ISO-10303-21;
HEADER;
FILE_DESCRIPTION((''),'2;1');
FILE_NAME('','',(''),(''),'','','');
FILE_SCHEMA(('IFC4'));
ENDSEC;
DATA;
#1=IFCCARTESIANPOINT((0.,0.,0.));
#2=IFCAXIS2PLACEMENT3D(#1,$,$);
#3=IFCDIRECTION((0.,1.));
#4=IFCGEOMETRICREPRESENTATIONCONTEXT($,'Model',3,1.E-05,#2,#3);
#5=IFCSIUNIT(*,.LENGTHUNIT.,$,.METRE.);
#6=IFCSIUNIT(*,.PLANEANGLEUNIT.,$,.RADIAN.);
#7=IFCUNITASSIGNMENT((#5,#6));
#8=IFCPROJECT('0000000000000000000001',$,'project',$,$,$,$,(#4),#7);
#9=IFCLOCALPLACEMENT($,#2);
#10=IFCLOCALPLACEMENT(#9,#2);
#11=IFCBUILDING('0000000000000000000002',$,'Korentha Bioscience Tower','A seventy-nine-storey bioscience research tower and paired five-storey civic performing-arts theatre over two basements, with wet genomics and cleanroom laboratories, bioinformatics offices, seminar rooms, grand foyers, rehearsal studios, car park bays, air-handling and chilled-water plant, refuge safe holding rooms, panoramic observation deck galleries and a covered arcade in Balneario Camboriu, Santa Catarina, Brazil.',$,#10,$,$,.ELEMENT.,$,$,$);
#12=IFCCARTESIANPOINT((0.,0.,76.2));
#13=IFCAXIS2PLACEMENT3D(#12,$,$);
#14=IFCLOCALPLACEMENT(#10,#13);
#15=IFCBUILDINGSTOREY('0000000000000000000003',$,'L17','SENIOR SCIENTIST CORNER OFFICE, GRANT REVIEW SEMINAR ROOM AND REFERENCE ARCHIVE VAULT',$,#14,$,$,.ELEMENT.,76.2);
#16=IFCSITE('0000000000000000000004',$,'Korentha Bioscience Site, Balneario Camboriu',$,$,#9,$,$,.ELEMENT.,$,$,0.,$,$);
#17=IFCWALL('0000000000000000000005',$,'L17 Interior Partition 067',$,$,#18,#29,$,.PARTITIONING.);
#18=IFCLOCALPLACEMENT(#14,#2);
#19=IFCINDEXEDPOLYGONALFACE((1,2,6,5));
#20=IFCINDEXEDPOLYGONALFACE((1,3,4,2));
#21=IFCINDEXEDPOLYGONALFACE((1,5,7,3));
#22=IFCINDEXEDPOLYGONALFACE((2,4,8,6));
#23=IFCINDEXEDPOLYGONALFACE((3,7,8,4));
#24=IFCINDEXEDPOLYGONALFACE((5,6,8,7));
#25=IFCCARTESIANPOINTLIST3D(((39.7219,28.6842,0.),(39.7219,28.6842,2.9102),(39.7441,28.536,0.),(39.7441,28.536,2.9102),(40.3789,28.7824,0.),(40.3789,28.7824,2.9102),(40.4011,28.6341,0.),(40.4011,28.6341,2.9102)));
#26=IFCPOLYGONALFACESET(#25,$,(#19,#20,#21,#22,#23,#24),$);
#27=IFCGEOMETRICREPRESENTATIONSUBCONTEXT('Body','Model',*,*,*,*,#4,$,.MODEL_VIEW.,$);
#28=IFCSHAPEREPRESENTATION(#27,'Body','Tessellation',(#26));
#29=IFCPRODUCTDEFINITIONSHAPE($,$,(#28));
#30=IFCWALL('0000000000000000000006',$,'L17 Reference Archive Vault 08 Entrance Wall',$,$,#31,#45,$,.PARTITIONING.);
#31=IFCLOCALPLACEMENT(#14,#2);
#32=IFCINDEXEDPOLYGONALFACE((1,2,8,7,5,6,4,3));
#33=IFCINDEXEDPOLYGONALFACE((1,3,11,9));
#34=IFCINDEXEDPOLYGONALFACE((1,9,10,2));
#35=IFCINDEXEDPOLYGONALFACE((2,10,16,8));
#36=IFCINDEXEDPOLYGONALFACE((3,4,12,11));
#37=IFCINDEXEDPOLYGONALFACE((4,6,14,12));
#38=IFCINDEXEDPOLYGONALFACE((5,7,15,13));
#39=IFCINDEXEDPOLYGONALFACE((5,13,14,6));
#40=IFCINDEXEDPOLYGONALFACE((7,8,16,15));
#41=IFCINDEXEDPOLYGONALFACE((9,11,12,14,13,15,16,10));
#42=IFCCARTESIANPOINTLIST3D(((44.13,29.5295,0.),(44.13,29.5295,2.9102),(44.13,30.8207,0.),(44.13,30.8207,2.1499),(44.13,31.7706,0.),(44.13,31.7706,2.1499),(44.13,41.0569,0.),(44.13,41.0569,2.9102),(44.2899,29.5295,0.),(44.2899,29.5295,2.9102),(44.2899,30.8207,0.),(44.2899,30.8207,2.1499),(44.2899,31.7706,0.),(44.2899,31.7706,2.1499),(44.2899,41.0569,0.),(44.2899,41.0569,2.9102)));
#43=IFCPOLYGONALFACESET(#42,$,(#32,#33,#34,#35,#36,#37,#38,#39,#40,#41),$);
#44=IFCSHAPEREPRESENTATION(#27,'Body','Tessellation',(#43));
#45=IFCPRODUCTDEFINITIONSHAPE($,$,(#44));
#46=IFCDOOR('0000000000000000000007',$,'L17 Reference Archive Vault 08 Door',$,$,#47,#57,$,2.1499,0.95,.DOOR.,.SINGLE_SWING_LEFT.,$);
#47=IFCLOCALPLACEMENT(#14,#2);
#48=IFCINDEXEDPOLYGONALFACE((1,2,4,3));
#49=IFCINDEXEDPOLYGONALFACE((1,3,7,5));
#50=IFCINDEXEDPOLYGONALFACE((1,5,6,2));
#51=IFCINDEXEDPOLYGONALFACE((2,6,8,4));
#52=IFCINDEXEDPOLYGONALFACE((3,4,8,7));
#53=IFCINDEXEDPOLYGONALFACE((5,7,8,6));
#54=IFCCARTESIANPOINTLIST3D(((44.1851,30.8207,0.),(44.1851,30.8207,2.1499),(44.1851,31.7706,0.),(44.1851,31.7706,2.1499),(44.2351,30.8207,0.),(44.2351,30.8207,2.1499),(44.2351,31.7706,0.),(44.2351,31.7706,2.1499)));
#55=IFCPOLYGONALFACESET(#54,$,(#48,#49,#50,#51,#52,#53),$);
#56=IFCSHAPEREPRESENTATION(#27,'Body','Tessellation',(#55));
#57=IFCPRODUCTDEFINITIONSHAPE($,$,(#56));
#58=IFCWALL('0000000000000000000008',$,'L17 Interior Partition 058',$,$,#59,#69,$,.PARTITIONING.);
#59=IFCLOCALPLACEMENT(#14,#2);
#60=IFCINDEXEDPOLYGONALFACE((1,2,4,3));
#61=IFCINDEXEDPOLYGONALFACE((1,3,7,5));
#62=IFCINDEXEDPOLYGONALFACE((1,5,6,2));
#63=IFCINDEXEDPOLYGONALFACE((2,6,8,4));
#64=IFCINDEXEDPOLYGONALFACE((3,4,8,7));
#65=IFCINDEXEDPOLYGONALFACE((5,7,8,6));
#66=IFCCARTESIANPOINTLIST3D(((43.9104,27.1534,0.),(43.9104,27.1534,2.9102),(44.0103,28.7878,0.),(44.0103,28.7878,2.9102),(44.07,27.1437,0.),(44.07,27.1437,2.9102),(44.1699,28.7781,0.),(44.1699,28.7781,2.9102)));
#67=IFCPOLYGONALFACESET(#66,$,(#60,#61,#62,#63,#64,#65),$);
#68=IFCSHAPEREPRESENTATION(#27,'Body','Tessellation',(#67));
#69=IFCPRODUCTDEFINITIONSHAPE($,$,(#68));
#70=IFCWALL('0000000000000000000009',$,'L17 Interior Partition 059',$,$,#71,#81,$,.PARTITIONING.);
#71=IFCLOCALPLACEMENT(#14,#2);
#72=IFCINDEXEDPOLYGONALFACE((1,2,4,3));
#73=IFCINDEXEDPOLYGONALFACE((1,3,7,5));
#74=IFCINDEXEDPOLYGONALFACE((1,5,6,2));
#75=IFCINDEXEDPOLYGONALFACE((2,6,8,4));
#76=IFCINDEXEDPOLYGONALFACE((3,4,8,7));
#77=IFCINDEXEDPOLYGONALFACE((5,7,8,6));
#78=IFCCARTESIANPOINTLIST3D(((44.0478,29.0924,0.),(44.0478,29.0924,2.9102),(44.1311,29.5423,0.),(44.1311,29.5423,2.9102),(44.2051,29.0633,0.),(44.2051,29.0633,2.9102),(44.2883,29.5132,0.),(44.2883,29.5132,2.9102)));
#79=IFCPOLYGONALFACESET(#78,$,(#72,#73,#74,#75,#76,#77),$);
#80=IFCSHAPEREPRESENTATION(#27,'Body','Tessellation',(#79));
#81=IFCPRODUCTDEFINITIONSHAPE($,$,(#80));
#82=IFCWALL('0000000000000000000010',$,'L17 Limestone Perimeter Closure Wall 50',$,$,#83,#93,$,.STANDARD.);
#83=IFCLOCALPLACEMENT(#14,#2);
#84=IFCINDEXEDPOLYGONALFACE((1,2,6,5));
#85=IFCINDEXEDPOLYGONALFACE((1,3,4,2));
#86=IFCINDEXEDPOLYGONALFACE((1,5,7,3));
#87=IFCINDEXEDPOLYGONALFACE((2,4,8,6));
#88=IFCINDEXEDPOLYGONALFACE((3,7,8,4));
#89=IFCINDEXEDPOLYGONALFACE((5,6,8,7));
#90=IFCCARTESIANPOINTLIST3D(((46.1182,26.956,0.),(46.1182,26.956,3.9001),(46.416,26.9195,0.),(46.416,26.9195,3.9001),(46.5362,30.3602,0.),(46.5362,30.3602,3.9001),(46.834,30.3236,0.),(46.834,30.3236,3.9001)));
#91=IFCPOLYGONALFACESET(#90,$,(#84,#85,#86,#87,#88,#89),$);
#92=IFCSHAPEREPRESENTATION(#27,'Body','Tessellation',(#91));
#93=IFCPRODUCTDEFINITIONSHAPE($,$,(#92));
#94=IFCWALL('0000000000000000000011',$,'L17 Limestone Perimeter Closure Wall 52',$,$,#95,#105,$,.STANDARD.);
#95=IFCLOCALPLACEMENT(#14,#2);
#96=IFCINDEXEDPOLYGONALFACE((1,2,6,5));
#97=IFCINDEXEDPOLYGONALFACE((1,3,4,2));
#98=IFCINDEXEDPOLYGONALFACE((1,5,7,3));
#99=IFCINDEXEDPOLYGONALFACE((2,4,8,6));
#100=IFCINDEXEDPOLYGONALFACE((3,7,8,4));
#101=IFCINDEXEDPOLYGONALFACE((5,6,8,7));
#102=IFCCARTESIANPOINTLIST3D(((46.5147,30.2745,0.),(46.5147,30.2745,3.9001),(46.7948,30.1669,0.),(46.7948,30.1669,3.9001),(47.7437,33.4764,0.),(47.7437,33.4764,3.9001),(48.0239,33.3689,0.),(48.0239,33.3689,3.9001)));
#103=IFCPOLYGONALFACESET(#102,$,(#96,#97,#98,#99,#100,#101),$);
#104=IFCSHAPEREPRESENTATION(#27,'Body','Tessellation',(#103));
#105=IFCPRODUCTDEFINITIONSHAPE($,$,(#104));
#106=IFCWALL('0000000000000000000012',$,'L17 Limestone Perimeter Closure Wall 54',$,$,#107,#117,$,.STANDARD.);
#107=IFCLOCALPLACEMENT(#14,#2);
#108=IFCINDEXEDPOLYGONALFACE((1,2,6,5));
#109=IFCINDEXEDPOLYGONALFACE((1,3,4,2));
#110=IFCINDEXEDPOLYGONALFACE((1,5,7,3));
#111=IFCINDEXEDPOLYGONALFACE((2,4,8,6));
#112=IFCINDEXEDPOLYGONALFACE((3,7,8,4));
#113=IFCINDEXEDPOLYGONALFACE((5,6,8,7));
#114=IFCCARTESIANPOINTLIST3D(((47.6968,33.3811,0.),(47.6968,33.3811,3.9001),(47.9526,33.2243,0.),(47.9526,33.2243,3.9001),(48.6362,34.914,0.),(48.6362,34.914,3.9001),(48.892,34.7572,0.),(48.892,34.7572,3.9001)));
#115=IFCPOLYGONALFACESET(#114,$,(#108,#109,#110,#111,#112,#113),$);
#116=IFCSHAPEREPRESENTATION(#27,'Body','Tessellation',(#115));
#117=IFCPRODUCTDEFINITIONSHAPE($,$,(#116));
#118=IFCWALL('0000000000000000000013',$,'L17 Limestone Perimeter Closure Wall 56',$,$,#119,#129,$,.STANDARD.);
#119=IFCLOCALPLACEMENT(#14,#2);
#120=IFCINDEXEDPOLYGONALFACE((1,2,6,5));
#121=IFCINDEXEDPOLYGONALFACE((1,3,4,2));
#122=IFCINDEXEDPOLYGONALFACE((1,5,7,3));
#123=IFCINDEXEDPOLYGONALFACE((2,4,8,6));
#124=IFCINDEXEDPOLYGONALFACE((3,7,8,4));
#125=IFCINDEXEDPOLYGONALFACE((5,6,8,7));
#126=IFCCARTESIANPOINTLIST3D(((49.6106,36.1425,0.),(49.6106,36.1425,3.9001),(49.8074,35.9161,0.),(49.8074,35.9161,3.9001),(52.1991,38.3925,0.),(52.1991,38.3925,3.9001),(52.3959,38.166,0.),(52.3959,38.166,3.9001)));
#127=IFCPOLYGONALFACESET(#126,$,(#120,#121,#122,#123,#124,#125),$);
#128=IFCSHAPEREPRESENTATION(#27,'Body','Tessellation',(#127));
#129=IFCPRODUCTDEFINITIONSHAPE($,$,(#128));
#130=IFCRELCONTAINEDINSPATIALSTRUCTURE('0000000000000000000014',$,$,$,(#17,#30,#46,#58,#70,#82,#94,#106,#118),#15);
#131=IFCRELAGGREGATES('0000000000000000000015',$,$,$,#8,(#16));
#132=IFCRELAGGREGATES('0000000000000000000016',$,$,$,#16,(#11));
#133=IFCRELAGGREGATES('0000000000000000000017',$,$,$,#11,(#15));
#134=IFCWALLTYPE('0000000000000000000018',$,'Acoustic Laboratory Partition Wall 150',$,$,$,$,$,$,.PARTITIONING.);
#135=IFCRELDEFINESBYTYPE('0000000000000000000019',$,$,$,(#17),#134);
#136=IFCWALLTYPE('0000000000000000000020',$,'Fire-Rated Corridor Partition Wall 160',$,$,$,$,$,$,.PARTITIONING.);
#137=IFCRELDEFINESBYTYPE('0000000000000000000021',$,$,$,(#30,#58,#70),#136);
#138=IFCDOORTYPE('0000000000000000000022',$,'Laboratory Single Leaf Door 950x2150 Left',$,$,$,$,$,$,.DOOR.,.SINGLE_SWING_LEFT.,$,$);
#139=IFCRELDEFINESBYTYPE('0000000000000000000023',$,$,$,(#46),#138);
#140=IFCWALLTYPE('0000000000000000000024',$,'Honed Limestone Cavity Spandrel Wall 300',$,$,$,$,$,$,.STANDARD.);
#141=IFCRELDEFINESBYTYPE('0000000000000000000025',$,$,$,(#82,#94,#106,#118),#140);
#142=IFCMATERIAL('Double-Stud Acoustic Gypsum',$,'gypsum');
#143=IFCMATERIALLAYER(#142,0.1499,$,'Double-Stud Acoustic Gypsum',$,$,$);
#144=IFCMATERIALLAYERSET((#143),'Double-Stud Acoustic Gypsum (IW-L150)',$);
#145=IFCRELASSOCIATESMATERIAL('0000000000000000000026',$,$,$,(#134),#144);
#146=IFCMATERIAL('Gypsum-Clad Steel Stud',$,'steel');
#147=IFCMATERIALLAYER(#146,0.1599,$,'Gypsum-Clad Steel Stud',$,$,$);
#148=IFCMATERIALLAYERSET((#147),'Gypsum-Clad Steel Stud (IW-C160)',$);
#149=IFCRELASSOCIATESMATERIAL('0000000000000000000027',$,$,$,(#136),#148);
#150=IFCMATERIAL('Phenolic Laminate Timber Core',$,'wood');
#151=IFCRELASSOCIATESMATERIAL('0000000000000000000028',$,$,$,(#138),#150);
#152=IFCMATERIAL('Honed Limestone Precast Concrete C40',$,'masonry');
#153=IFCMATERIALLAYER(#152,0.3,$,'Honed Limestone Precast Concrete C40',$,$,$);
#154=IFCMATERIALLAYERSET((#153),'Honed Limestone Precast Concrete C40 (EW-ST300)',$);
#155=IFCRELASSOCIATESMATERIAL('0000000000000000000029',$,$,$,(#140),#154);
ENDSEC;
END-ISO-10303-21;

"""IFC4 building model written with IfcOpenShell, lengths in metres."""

from ifc_helpers import new_model, si_unit, direction, frame, frame_2d, origin, place, context, subcontext, project, spatial, rectangle, extrude, material, layer, layer_set, type_object, element, fill, save


model = new_model("IFC4")

# Units and contexts
model_context = context("Model", 3, precision=1e-05, world=origin(), true_north=direction((0.0, 1.0)))
body_context = subcontext(model_context, "Body", "Model", "MODEL_VIEW")
ifc_project = project(units=[si_unit("LENGTHUNIT", "METRE"), si_unit("PLANEANGLEUNIT", "RADIAN")], contexts=[model_context])

# Site, building, storey
site_placement = place(None, origin())
site = spatial("IfcSite", under=ifc_project, at=site_placement, Name="Korentha Bioscience Site, Balneario Camboriu", CompositionType="ELEMENT", RefElevation=0.0)
building_placement = place(site_placement, origin())
building = spatial("IfcBuilding", under=site, at=building_placement, Name="Korentha Bioscience Tower", Description="A seventy-nine-storey bioscience research tower and paired five-storey civic performing-arts theatre over two basements, with wet genomics and cleanroom laboratories, bioinformatics offices, seminar rooms, grand foyers, rehearsal studios, car park bays, air-handling and chilled-water plant, refuge safe holding rooms, panoramic observation deck galleries and a covered arcade in Balneario Camboriu, Santa Catarina, Brazil.", CompositionType="ELEMENT")
storey_placement = place(building_placement, frame((0.0, 0.0, 76.2)))
storey = spatial("IfcBuildingStorey", under=building, at=storey_placement, Name="L17", Description="SENIOR SCIENTIST CORNER OFFICE, GRANT REVIEW SEMINAR ROOM AND REFERENCE ARCHIVE VAULT", CompositionType="ELEMENT", Elevation=76.2)

# Wall
ifc_material_1 = material(Name="Double-Stud Acoustic Gypsum", Category="gypsum")
ifc_layer_1 = layer(ifc_material_1, 0.1499, Name="Double-Stud Acoustic Gypsum")
ifc_layer_set_1 = layer_set([ifc_layer_1], Name="Double-Stud Acoustic Gypsum (IW-L150)")
wall_type_1 = type_object("IfcWallType", Name="Acoustic Laboratory Partition Wall 150", PredefinedType="PARTITIONING", material=ifc_layer_set_1)
wall_1_placement = place(storey_placement, frame((40.3899, 28.7083, 0.0), z_axis=(0.0, 0.0, 1.0), x_axis=(-0.989025, -0.147747, 0.0)))
element("IfcWall", 1, at=wall_1_placement, inside=storey, type_object=wall_type_1, Name="L17 Interior Partition 067", PredefinedType="PARTITIONING", context=body_context, shape_type="SweptSolid", body=[
    extrude(rectangle(XDim=0.6643, YDim=0.1499, at=frame_2d((0.332, 0.0))), origin(), (0.0, 0.0, 1.0), 2.9102),
])

# Wall, opening, door
ifc_material_2 = material(Name="Gypsum-Clad Steel Stud", Category="steel")
ifc_layer_2 = layer(ifc_material_2, 0.1599, Name="Gypsum-Clad Steel Stud")
ifc_layer_set_2 = layer_set([ifc_layer_2], Name="Gypsum-Clad Steel Stud (IW-C160)")
wall_type_2 = type_object("IfcWallType", Name="Fire-Rated Corridor Partition Wall 160", PredefinedType="PARTITIONING", material=ifc_layer_set_2)
wall_2_placement = place(storey_placement, frame((44.21, 29.5295, 0.0), z_axis=(0.0, 0.0, 1.0), x_axis=(0.0, 1.0, 0.0)))
wall_2 = element("IfcWall", 2, at=wall_2_placement, inside=storey, type_object=wall_type_2, Name="L17 Reference Archive Vault 08 Entrance Wall", PredefinedType="PARTITIONING", context=body_context, shape_type="SweptSolid", body=[
    extrude(rectangle(XDim=11.5273, YDim=0.1599, at=frame_2d((5.7637, 0.0))), origin(), (0.0, 0.0, 1.0), 2.9102),
])
opening_placement = place(wall_2_placement, frame((1.291, 0.0, 0.0)))
opening = element("IfcOpeningElement", 3, at=opening_placement, cuts=wall_2, PredefinedType="OPENING", context=body_context, shape_type="SweptSolid", body=[
    extrude(rectangle(XDim=0.95, YDim=2.1499, at=frame_2d((0.4751, 1.075))), frame((0.0, 0.0947, 0.0), z_axis=(0.0, -1.0, 0.0), x_axis=(1.0, 0.0, 0.0)), (0.0, 0.0, 1.0), 0.1897),
])
ifc_material_3 = material(Name="Phenolic Laminate Timber Core", Category="wood")
door_type = type_object("IfcDoorType", Name="Laboratory Single Leaf Door 950x2150 Left", OperationType="SINGLE_SWING_LEFT", PredefinedType="DOOR", material=ifc_material_3)
door_placement = place(opening_placement, origin())
door = element("IfcDoor", 4, at=door_placement, inside=storey, type_object=door_type, Name="L17 Reference Archive Vault 08 Door", OperationType="SINGLE_SWING_LEFT", OverallHeight=2.1499, OverallWidth=0.95, PredefinedType="DOOR", context=body_context, shape_type="SweptSolid", body=[
    extrude(rectangle(XDim=0.95, YDim=2.1499, at=frame_2d((0.4751, 1.075))), frame((0.0, 0.0249, 0.0), z_axis=(0.0, -1.0, 0.0), x_axis=(1.0, 0.0, 0.0)), (0.0, 0.0, 1.0), 0.05),
])
fill(opening, door)

# Walls
wall_3_placement = place(storey_placement, frame((43.9902, 27.1484, 0.0), z_axis=(0.0, 0.0, 1.0), x_axis=(0.060977, 0.998139, 0.0)))
element("IfcWall", 5, at=wall_3_placement, inside=storey, type_object=wall_type_2, Name="L17 Interior Partition 058", PredefinedType="PARTITIONING", context=body_context, shape_type="SweptSolid", body=[
    extrude(rectangle(XDim=1.6375, YDim=0.1599, at=frame_2d((0.8188, 0.0))), origin(), (0.0, 0.0, 1.0), 2.9102),
])
wall_4_placement = place(storey_placement, frame((44.1265, 29.0779, 0.0), z_axis=(0.0, 0.0, 1.0), x_axis=(0.181936, 0.98331, 0.0)))
element("IfcWall", 6, at=wall_4_placement, inside=storey, type_object=wall_type_2, Name="L17 Interior Partition 059", PredefinedType="PARTITIONING", context=body_context, shape_type="SweptSolid", body=[
    extrude(rectangle(XDim=0.4575, YDim=0.1599, at=frame_2d((0.2288, 0.0))), origin(), (0.0, 0.0, 1.0), 2.9102),
])
ifc_material_4 = material(Name="Honed Limestone Precast Concrete C40", Category="masonry")
ifc_layer_3 = layer(ifc_material_4, 0.3, Name="Honed Limestone Precast Concrete C40")
ifc_layer_set_3 = layer_set([ifc_layer_3], Name="Honed Limestone Precast Concrete C40 (EW-ST300)")
wall_type_3 = type_object("IfcWallType", Name="Honed Limestone Cavity Spandrel Wall 300", PredefinedType="STANDARD", material=ifc_layer_set_3)
for number, where, z_axis, x_axis, name in (
    (7, (46.2671, 26.9377, 0.0), (0.0, 0.0, 1.0), (0.12187, 0.992546, 0.0), "L17 Limestone Perimeter Closure Wall 50"),
    (8, (46.6548, 30.2207, 0.0), (0.0, 0.0, 1.0), (0.358345, 0.933589, 0.0), "L17 Limestone Perimeter Closure Wall 52"),
):
    element("IfcWall", number, at=place(storey_placement, frame(where, z_axis=z_axis, x_axis=x_axis)), inside=storey, type_object=wall_type_3, Name=name, PredefinedType="STANDARD", context=body_context, shape_type="SweptSolid", body=[
        extrude(rectangle(XDim=3.4297, YDim=0.3, at=frame_2d((1.7148, 0.0))), origin(), (0.0, 0.0, 1.0), 3.9001),
    ])
wall_5_placement = place(storey_placement, frame((47.8247, 33.3027, 0.0), z_axis=(0.0, 0.0, 1.0), x_axis=(0.522521, 0.852627, 0.0)))
element("IfcWall", 9, at=wall_5_placement, inside=storey, type_object=wall_type_3, Name="L17 Limestone Perimeter Closure Wall 54", PredefinedType="STANDARD", context=body_context, shape_type="SweptSolid", body=[
    extrude(rectangle(XDim=1.7979, YDim=0.3, at=frame_2d((0.8989, 0.0))), origin(), (0.0, 0.0, 1.0), 3.9001),
])
wall_6_placement = place(storey_placement, frame((49.709, 36.0293, 0.0), z_axis=(0.0, 0.0, 1.0), x_axis=(0.754746, 0.656017, 0.0)))
element("IfcWall", 10, at=wall_6_placement, inside=storey, type_object=wall_type_3, Name="L17 Limestone Perimeter Closure Wall 56", PredefinedType="STANDARD", context=body_context, shape_type="SweptSolid", body=[
    extrude(rectangle(XDim=3.4297, YDim=0.3, at=frame_2d((1.7148, 0.0))), origin(), (0.0, 0.0, 1.0), 3.9001),
])

save(model, "model.ifc")
